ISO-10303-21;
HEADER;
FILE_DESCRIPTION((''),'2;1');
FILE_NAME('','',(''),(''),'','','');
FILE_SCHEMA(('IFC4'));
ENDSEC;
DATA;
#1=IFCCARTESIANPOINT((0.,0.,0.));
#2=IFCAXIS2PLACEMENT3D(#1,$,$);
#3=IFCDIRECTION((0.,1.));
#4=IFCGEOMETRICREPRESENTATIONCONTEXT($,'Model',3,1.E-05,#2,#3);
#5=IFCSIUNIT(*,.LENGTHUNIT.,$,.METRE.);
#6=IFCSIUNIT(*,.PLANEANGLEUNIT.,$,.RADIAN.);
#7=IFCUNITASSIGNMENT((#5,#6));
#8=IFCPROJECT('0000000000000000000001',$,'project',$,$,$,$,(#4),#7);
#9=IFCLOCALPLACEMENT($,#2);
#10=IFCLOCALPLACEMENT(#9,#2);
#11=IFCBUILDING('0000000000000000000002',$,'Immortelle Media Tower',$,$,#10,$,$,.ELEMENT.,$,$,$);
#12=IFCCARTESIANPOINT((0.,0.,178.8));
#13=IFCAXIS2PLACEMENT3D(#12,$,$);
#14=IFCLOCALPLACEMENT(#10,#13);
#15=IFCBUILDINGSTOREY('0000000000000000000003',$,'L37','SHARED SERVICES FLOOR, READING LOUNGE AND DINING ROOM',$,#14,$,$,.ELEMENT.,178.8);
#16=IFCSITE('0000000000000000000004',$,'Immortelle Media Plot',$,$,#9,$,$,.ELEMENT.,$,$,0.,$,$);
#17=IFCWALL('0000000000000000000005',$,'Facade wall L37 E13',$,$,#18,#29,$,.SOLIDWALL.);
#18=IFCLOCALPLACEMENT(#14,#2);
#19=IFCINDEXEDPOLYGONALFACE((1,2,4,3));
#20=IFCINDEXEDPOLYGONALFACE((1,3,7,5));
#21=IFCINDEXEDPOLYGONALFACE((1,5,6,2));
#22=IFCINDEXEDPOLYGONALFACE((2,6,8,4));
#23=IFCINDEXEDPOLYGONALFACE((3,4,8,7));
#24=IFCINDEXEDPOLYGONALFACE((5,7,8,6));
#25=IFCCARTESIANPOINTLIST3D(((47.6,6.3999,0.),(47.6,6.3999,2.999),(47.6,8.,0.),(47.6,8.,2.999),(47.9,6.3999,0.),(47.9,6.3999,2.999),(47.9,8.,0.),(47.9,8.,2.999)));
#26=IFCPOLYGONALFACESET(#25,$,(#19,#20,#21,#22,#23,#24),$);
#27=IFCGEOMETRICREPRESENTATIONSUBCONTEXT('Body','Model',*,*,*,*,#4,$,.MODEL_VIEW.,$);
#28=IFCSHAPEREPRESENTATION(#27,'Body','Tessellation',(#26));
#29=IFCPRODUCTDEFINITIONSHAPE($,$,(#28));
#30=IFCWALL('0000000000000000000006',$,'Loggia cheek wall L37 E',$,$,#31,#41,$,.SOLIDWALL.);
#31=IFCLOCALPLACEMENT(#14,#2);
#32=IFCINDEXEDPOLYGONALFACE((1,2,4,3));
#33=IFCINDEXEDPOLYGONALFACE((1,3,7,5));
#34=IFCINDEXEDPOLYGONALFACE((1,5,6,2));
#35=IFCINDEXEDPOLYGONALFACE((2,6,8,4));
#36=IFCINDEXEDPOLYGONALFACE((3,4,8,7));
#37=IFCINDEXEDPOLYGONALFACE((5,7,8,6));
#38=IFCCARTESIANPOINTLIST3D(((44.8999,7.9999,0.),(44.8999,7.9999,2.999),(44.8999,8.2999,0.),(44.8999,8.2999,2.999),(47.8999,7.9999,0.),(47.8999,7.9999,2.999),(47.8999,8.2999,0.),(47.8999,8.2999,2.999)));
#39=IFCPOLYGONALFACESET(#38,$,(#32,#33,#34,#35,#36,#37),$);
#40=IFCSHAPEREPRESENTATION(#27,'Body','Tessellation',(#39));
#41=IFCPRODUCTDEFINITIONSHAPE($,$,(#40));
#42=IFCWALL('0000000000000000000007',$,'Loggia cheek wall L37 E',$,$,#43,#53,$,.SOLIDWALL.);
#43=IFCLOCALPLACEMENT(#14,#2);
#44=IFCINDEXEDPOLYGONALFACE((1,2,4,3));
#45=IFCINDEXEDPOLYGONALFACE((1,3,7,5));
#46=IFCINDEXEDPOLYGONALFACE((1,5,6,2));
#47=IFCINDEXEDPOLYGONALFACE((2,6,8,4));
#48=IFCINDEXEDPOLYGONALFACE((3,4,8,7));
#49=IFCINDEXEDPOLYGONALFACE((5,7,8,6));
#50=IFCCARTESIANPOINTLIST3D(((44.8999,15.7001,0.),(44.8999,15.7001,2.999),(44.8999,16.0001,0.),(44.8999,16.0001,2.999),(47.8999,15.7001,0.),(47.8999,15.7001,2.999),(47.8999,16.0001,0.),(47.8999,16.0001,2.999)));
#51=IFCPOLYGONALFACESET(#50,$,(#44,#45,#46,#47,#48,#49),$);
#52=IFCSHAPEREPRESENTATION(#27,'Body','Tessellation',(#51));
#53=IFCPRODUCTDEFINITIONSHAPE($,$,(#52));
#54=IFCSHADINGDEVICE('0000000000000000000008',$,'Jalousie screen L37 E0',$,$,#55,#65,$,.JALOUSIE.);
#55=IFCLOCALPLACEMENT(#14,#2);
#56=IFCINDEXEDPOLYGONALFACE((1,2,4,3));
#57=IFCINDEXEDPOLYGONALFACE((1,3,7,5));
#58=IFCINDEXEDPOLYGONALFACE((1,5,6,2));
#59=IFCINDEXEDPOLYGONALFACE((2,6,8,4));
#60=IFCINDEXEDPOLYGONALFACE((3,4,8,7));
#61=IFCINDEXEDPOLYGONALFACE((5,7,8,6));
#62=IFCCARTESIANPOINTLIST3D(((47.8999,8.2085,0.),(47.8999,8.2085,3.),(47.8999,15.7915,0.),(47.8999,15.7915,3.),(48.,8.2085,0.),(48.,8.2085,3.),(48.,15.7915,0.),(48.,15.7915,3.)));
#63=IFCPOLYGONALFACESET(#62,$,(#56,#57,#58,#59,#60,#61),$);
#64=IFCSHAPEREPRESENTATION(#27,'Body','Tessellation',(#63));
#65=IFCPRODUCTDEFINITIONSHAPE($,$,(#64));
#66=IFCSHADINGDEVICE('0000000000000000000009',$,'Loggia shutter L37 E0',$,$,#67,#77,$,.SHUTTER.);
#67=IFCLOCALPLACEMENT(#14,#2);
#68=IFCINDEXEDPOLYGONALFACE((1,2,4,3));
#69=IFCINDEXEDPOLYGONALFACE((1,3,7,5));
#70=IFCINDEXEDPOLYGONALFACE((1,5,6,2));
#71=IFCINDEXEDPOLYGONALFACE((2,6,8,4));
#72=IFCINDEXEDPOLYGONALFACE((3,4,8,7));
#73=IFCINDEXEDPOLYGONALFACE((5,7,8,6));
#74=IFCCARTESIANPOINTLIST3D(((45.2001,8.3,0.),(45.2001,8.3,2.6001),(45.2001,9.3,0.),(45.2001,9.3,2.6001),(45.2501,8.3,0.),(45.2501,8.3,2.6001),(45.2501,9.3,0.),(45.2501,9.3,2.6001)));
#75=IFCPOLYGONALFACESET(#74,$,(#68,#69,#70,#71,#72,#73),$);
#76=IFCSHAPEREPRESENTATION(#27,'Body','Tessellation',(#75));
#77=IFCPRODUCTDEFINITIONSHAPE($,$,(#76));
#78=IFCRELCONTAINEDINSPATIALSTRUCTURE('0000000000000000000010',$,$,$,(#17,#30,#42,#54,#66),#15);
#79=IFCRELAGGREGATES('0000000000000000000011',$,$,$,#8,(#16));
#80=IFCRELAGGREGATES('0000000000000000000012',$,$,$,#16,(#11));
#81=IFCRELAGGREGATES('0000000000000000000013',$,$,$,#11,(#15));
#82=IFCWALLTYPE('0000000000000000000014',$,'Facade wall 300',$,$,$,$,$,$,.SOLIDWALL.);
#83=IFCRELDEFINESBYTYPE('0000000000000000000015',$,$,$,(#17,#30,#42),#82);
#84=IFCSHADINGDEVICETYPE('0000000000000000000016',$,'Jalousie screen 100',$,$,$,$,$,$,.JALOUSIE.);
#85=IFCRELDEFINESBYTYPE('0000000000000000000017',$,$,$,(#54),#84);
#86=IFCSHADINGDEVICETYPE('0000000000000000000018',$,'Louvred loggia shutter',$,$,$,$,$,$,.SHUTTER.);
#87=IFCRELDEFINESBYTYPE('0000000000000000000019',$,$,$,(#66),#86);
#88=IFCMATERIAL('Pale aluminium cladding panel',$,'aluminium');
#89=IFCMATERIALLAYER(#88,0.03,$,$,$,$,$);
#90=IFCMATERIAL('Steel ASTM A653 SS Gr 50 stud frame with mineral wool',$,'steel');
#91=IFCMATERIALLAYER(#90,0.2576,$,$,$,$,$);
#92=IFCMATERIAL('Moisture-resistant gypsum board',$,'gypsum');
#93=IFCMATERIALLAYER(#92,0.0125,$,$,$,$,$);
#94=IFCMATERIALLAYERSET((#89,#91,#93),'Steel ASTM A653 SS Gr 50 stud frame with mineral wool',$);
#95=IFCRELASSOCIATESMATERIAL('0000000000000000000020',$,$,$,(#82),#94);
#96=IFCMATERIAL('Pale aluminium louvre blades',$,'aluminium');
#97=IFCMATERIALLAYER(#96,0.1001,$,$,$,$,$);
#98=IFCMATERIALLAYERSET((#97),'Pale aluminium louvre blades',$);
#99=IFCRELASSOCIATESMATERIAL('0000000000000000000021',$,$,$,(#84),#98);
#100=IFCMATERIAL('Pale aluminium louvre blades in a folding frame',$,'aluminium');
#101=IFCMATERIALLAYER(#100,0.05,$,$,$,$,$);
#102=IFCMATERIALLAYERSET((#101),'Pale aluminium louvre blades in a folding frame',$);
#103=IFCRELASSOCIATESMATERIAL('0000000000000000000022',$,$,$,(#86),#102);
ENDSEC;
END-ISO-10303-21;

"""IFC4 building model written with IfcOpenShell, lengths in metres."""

from ifc_helpers import new_model, si_unit, direction, frame, frame_2d, origin, origin_2d, place, context, subcontext, project, spatial, rectangle, extrude, material, layer, layer_set, type_object, element, save


model = new_model("IFC4")

# Units and contexts
model_context = context("Model", 3, precision=1e-05, world=origin(), true_north=direction((0.0, 1.0)))
body_context = subcontext(model_context, "Body", "Model", "MODEL_VIEW")
ifc_project = project(units=[si_unit("LENGTHUNIT", "METRE"), si_unit("PLANEANGLEUNIT", "RADIAN")], contexts=[model_context])

# Site, building, storey
site_placement = place(None, origin())
site = spatial("IfcSite", under=ifc_project, at=site_placement, Name="Immortelle Media Plot", CompositionType="ELEMENT", RefElevation=0.0)
building_placement = place(site_placement, origin())
building = spatial("IfcBuilding", under=site, at=building_placement, Name="Immortelle Media Tower", CompositionType="ELEMENT")
storey_placement = place(building_placement, frame((0.0, 0.0, 178.8)))
storey = spatial("IfcBuildingStorey", under=building, at=storey_placement, Name="L37", Description="SHARED SERVICES FLOOR, READING LOUNGE AND DINING ROOM", CompositionType="ELEMENT", Elevation=178.8)

# Wall
ifc_material_1 = material(Name="Pale aluminium cladding panel", Category="aluminium")
ifc_layer_1 = layer(ifc_material_1, 0.03)
ifc_material_2 = material(Name="Steel ASTM A653 SS Gr 50 stud frame with mineral wool", Category="steel")
ifc_layer_2 = layer(ifc_material_2, 0.2576)
ifc_material_3 = material(Name="Moisture-resistant gypsum board", Category="gypsum")
ifc_layer_3 = layer(ifc_material_3, 0.0125)
ifc_layer_set_1 = layer_set([ifc_layer_1, ifc_layer_2, ifc_layer_3], Name="Steel ASTM A653 SS Gr 50 stud frame with mineral wool")
wall_type = type_object("IfcWallType", Name="Facade wall 300", PredefinedType="SOLIDWALL", material=ifc_layer_set_1)
wall_1_placement = place(storey_placement, frame((47.75, 6.3999, 0.0), z_axis=(0.0, 0.0, 1.0), x_axis=(0.0, 1.0, 0.0)))
element("IfcWall", 1, at=wall_1_placement, inside=storey, type_object=wall_type, Name="Facade wall L37 E13", PredefinedType="SOLIDWALL", context=body_context, shape_type="SweptSolid", body=[
    extrude(rectangle(XDim=1.6001, YDim=0.3, at=frame_2d((0.8, 0.0))), origin(), (0.0, 0.0, 1.0), 2.999),
])

# Walls
for number, where, z_axis, x_axis, name in (
    (2, (47.8999, 8.1499, 0.0), (0.0, 0.0, 1.0), (-1.0, 0.0, 0.0), "Loggia cheek wall L37 E"),
    (3, (47.8999, 15.8501, 0.0), (0.0, 0.0, 1.0), (-1.0, 0.0, 0.0), "Loggia cheek wall L37 E"),
):
    element("IfcWall", number, at=place(storey_placement, frame(where, z_axis=z_axis, x_axis=x_axis)), inside=storey, type_object=wall_type, Name=name, PredefinedType="SOLIDWALL", context=body_context, shape_type="SweptSolid", body=[
        extrude(rectangle(XDim=3.0, YDim=0.3, at=frame_2d((1.5, 0.0))), origin(), (0.0, 0.0, 1.0), 2.999),
    ])

# Shading devices
ifc_material_4 = material(Name="Pale aluminium louvre blades", Category="aluminium")
ifc_layer_4 = layer(ifc_material_4, 0.1001)
ifc_layer_set_2 = layer_set([ifc_layer_4], Name="Pale aluminium louvre blades")
shading_device_type_1 = type_object("IfcShadingDeviceType", Name="Jalousie screen 100", PredefinedType="JALOUSIE", material=ifc_layer_set_2)
shading_device_1_placement = place(storey_placement, frame((47.95, 12.0, 0.0), z_axis=(0.0, 0.0, 1.0), x_axis=(0.0, 1.0, 0.0)))
element("IfcShadingDevice", 4, at=shading_device_1_placement, inside=storey, type_object=shading_device_type_1, Name="Jalousie screen L37 E0", PredefinedType="JALOUSIE", context=body_context, shape_type="SweptSolid", body=[
    extrude(rectangle(XDim=7.583, YDim=0.1001, at=origin_2d()), origin(), (0.0, 0.0, 1.0), 3.0),
])
ifc_material_5 = material(Name="Pale aluminium louvre blades in a folding frame", Category="aluminium")
ifc_layer_5 = layer(ifc_material_5, 0.05)
ifc_layer_set_3 = layer_set([ifc_layer_5], Name="Pale aluminium louvre blades in a folding frame")
shading_device_type_2 = type_object("IfcShadingDeviceType", Name="Louvred loggia shutter", PredefinedType="SHUTTER", material=ifc_layer_set_3)
shading_device_2_placement = place(storey_placement, frame((45.2251, 8.8, 0.0), z_axis=(0.0, 0.0, 1.0), x_axis=(0.0, 1.0, 0.0)))
element("IfcShadingDevice", 5, at=shading_device_2_placement, inside=storey, type_object=shading_device_type_2, Name="Loggia shutter L37 E0", PredefinedType="SHUTTER", context=body_context, shape_type="SweptSolid", body=[
    extrude(rectangle(XDim=1.0, YDim=0.05, at=origin_2d()), origin(), (0.0, 0.0, 1.0), 2.6001),
])

save(model, "model.ifc")
